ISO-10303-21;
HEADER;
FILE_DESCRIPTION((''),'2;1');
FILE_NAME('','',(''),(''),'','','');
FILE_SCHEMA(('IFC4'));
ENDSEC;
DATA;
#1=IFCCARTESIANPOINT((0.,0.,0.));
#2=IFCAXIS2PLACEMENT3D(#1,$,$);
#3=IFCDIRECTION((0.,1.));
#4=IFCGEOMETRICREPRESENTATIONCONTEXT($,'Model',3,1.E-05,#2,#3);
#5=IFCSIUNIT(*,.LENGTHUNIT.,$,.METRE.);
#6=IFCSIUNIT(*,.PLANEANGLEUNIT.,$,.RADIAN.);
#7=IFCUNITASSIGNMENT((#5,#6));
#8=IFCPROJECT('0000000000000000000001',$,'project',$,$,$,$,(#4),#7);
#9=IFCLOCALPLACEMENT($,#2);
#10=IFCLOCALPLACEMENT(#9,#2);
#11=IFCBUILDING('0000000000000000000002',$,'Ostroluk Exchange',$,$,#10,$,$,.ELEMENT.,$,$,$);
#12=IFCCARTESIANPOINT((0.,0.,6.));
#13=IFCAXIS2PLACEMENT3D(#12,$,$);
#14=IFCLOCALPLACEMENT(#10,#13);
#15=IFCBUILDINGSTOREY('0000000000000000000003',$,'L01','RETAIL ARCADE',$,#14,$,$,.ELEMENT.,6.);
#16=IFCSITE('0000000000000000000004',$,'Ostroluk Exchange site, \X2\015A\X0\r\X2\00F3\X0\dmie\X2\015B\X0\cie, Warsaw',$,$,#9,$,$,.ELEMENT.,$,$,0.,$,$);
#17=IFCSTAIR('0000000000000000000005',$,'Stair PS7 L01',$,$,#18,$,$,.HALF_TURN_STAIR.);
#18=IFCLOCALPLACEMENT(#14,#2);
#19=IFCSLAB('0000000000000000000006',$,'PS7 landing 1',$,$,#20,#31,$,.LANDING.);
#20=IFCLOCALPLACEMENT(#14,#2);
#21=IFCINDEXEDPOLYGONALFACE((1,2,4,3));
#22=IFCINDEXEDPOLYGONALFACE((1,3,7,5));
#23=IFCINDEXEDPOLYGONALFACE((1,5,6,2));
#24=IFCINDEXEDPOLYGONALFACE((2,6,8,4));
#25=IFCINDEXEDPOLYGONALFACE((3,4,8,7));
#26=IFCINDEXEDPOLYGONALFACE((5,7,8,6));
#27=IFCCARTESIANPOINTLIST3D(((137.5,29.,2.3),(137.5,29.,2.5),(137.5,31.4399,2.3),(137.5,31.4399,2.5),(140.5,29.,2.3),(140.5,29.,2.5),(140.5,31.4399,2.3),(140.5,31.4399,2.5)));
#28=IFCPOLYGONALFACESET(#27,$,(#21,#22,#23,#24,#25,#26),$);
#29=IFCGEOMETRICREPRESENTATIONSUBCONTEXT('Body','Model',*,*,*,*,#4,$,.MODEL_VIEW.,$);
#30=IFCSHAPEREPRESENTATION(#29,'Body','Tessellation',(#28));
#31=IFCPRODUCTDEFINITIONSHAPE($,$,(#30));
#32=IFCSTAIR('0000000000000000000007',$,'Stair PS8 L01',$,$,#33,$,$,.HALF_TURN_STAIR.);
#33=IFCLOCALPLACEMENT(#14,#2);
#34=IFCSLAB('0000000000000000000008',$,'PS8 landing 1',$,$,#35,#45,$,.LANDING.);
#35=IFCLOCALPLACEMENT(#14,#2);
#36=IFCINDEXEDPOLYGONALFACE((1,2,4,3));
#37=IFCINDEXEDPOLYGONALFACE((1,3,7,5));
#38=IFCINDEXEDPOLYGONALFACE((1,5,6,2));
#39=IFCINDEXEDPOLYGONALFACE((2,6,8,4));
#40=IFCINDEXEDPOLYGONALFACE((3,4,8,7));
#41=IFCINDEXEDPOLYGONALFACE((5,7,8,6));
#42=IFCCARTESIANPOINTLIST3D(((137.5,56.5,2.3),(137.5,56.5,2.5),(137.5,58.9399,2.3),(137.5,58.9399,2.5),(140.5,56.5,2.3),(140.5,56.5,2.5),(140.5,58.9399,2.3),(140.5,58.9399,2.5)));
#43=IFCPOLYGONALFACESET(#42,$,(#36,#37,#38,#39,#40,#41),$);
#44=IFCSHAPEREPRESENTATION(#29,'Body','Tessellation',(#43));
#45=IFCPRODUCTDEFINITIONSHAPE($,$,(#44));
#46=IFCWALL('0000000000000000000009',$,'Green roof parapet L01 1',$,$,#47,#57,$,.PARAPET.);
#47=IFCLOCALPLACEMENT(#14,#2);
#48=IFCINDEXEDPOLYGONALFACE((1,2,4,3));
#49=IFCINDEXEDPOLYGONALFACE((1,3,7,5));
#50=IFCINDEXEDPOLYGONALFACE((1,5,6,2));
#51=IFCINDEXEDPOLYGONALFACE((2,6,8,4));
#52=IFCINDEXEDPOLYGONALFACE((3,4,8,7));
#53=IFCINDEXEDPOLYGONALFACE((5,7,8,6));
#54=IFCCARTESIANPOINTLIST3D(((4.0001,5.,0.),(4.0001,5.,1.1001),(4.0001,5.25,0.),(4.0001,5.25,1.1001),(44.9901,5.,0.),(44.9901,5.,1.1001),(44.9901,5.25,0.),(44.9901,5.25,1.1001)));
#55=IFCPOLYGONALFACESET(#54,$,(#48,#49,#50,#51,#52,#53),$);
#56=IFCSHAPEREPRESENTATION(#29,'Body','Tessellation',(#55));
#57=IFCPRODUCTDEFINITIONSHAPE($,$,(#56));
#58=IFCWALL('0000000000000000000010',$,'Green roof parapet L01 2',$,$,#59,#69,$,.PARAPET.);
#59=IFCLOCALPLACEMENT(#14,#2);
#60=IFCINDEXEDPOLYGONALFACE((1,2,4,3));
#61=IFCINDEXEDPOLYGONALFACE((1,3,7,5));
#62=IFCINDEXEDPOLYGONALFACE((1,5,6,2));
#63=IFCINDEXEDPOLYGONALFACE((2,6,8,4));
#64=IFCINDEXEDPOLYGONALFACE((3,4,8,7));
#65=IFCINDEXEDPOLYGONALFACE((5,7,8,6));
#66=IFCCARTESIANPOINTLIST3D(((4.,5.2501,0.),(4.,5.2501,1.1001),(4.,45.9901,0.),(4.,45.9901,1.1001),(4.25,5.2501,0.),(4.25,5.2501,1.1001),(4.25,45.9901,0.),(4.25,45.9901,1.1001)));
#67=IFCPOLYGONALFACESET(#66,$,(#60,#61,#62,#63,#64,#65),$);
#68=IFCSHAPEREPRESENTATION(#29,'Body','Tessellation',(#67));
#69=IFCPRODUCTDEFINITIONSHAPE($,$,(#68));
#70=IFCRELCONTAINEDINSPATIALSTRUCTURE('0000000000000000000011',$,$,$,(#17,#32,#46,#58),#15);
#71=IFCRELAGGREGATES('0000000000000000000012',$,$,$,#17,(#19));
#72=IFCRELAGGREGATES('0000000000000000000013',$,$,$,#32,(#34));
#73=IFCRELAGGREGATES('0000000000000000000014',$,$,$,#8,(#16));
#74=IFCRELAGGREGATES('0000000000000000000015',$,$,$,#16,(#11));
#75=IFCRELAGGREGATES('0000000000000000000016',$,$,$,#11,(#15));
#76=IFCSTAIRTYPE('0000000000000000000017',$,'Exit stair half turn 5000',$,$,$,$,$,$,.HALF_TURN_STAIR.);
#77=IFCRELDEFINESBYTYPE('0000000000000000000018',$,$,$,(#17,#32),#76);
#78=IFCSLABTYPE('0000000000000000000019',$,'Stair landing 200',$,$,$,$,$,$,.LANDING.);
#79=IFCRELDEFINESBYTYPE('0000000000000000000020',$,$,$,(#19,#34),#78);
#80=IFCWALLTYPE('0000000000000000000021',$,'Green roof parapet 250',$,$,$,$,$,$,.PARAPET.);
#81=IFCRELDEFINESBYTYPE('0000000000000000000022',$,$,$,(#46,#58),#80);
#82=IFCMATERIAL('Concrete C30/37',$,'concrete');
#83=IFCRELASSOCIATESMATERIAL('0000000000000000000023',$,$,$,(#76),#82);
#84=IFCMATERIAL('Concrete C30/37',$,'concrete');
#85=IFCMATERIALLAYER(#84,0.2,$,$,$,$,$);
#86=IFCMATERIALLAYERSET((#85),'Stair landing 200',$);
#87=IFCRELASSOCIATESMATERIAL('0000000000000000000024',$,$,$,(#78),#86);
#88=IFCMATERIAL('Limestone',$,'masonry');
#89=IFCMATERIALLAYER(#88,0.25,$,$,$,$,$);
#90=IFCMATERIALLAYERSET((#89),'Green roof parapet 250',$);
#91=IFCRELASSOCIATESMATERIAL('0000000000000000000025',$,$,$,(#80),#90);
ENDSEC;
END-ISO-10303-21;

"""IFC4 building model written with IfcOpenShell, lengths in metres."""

from ifc_helpers import new_model, si_unit, direction, frame, frame_2d, origin, place, context, subcontext, project, spatial, polyline, rectangle, outline, extrude, material, layer, layer_set, type_object, element, aggregate, save


model = new_model("IFC4")

# Units and contexts
model_context = context("Model", 3, precision=1e-05, world=origin(), true_north=direction((0.0, 1.0)))
body_context = subcontext(model_context, "Body", "Model", "MODEL_VIEW")
ifc_project = project(units=[si_unit("LENGTHUNIT", "METRE"), si_unit("PLANEANGLEUNIT", "RADIAN")], contexts=[model_context])

# Site, building, storey
site_placement = place(None, origin())
site = spatial("IfcSite", under=ifc_project, at=site_placement, Name="Ostroluk Exchange site, Śródmieście, Warsaw", CompositionType="ELEMENT", RefElevation=0.0)
building_placement = place(site_placement, origin())
building = spatial("IfcBuilding", under=site, at=building_placement, Name="Ostroluk Exchange", CompositionType="ELEMENT")
storey_placement = place(building_placement, frame((0.0, 0.0, 6.0)))
storey = spatial("IfcBuildingStorey", under=building, at=storey_placement, Name="L01", Description="RETAIL ARCADE", CompositionType="ELEMENT", Elevation=6.0)

# Stairs, slabs
ifc_material_1 = material(Name="Concrete C30/37", Category="concrete")
stair_type = type_object("IfcStairType", Name="Exit stair half turn 5000", PredefinedType="HALF_TURN_STAIR", material=ifc_material_1)
stair_1_placement = place(storey_placement, origin())
stair_1 = element("IfcStair", 1, at=stair_1_placement, inside=storey, type_object=stair_type, Name="Stair PS7 L01", PredefinedType="HALF_TURN_STAIR")
ifc_material_2 = material(Name="Concrete C30/37", Category="concrete")
ifc_layer_1 = layer(ifc_material_2, 0.2)
ifc_layer_set_1 = layer_set([ifc_layer_1], Name="Stair landing 200")
slab_type = type_object("IfcSlabType", Name="Stair landing 200", PredefinedType="LANDING", material=ifc_layer_set_1)
slab_1_placement = place(storey_placement, frame((0.0, 0.0, 2.3)))
slab_1 = element("IfcSlab", 2, at=slab_1_placement, type_object=slab_type, Name="PS7 landing 1", PredefinedType="LANDING", context=body_context, shape_type="SweptSolid", body=[
    extrude(outline(polyline([(137.5, 31.4399), (140.5, 31.4399), (140.5, 29.0), (137.5, 29.0), (137.5, 31.4399)])), origin(), (0.0, 0.0, 1.0), 0.2),
])
aggregate(stair_1, [slab_1])
stair_2_placement = place(storey_placement, origin())
stair_2 = element("IfcStair", 3, at=stair_2_placement, inside=storey, type_object=stair_type, Name="Stair PS8 L01", PredefinedType="HALF_TURN_STAIR")
slab_2_placement = place(storey_placement, frame((0.0, 0.0, 2.3)))
slab_2 = element("IfcSlab", 4, at=slab_2_placement, type_object=slab_type, Name="PS8 landing 1", PredefinedType="LANDING", context=body_context, shape_type="SweptSolid", body=[
    extrude(outline(polyline([(137.5, 58.9399), (140.5, 58.9399), (140.5, 56.5), (137.5, 56.5), (137.5, 58.9399)])), origin(), (0.0, 0.0, 1.0), 0.2),
])
aggregate(stair_2, [slab_2])

# Walls
ifc_material_3 = material(Name="Limestone", Category="masonry")
ifc_layer_2 = layer(ifc_material_3, 0.25)
ifc_layer_set_2 = layer_set([ifc_layer_2], Name="Green roof parapet 250")
wall_type_1 = type_object("IfcWallType", Name="Green roof parapet 250", PredefinedType="PARAPET", material=ifc_layer_set_2)
wall_1_placement = place(storey_placement, frame((4.0, 5.125, 0.0), z_axis=(0.0, 0.0, 1.0), x_axis=(1.0, 0.0, 0.0)))
element("IfcWall", 5, at=wall_1_placement, inside=storey, type_object=wall_type_1, Name="Green roof parapet L01 1", PredefinedType="PARAPET", context=body_context, shape_type="SweptSolid", body=[
    extrude(rectangle(XDim=40.99, YDim=0.25, at=frame_2d((20.4951, 0.0))), origin(), (0.0, 0.0, 1.0), 1.1001),
])
wall_2_placement = place(storey_placement, frame((4.125, 5.25, 0.0), z_axis=(0.0, 0.0, 1.0), x_axis=(0.0, 1.0, 0.0)))
element("IfcWall", 6, at=wall_2_placement, inside=storey, type_object=wall_type_1, Name="Green roof parapet L01 2", PredefinedType="PARAPET", context=body_context, shape_type="SweptSolid", body=[
    extrude(rectangle(XDim=40.74, YDim=0.25, at=frame_2d((20.3701, 0.0))), origin(), (0.0, 0.0, 1.0), 1.1001),
])

save(model, "model.ifc")
